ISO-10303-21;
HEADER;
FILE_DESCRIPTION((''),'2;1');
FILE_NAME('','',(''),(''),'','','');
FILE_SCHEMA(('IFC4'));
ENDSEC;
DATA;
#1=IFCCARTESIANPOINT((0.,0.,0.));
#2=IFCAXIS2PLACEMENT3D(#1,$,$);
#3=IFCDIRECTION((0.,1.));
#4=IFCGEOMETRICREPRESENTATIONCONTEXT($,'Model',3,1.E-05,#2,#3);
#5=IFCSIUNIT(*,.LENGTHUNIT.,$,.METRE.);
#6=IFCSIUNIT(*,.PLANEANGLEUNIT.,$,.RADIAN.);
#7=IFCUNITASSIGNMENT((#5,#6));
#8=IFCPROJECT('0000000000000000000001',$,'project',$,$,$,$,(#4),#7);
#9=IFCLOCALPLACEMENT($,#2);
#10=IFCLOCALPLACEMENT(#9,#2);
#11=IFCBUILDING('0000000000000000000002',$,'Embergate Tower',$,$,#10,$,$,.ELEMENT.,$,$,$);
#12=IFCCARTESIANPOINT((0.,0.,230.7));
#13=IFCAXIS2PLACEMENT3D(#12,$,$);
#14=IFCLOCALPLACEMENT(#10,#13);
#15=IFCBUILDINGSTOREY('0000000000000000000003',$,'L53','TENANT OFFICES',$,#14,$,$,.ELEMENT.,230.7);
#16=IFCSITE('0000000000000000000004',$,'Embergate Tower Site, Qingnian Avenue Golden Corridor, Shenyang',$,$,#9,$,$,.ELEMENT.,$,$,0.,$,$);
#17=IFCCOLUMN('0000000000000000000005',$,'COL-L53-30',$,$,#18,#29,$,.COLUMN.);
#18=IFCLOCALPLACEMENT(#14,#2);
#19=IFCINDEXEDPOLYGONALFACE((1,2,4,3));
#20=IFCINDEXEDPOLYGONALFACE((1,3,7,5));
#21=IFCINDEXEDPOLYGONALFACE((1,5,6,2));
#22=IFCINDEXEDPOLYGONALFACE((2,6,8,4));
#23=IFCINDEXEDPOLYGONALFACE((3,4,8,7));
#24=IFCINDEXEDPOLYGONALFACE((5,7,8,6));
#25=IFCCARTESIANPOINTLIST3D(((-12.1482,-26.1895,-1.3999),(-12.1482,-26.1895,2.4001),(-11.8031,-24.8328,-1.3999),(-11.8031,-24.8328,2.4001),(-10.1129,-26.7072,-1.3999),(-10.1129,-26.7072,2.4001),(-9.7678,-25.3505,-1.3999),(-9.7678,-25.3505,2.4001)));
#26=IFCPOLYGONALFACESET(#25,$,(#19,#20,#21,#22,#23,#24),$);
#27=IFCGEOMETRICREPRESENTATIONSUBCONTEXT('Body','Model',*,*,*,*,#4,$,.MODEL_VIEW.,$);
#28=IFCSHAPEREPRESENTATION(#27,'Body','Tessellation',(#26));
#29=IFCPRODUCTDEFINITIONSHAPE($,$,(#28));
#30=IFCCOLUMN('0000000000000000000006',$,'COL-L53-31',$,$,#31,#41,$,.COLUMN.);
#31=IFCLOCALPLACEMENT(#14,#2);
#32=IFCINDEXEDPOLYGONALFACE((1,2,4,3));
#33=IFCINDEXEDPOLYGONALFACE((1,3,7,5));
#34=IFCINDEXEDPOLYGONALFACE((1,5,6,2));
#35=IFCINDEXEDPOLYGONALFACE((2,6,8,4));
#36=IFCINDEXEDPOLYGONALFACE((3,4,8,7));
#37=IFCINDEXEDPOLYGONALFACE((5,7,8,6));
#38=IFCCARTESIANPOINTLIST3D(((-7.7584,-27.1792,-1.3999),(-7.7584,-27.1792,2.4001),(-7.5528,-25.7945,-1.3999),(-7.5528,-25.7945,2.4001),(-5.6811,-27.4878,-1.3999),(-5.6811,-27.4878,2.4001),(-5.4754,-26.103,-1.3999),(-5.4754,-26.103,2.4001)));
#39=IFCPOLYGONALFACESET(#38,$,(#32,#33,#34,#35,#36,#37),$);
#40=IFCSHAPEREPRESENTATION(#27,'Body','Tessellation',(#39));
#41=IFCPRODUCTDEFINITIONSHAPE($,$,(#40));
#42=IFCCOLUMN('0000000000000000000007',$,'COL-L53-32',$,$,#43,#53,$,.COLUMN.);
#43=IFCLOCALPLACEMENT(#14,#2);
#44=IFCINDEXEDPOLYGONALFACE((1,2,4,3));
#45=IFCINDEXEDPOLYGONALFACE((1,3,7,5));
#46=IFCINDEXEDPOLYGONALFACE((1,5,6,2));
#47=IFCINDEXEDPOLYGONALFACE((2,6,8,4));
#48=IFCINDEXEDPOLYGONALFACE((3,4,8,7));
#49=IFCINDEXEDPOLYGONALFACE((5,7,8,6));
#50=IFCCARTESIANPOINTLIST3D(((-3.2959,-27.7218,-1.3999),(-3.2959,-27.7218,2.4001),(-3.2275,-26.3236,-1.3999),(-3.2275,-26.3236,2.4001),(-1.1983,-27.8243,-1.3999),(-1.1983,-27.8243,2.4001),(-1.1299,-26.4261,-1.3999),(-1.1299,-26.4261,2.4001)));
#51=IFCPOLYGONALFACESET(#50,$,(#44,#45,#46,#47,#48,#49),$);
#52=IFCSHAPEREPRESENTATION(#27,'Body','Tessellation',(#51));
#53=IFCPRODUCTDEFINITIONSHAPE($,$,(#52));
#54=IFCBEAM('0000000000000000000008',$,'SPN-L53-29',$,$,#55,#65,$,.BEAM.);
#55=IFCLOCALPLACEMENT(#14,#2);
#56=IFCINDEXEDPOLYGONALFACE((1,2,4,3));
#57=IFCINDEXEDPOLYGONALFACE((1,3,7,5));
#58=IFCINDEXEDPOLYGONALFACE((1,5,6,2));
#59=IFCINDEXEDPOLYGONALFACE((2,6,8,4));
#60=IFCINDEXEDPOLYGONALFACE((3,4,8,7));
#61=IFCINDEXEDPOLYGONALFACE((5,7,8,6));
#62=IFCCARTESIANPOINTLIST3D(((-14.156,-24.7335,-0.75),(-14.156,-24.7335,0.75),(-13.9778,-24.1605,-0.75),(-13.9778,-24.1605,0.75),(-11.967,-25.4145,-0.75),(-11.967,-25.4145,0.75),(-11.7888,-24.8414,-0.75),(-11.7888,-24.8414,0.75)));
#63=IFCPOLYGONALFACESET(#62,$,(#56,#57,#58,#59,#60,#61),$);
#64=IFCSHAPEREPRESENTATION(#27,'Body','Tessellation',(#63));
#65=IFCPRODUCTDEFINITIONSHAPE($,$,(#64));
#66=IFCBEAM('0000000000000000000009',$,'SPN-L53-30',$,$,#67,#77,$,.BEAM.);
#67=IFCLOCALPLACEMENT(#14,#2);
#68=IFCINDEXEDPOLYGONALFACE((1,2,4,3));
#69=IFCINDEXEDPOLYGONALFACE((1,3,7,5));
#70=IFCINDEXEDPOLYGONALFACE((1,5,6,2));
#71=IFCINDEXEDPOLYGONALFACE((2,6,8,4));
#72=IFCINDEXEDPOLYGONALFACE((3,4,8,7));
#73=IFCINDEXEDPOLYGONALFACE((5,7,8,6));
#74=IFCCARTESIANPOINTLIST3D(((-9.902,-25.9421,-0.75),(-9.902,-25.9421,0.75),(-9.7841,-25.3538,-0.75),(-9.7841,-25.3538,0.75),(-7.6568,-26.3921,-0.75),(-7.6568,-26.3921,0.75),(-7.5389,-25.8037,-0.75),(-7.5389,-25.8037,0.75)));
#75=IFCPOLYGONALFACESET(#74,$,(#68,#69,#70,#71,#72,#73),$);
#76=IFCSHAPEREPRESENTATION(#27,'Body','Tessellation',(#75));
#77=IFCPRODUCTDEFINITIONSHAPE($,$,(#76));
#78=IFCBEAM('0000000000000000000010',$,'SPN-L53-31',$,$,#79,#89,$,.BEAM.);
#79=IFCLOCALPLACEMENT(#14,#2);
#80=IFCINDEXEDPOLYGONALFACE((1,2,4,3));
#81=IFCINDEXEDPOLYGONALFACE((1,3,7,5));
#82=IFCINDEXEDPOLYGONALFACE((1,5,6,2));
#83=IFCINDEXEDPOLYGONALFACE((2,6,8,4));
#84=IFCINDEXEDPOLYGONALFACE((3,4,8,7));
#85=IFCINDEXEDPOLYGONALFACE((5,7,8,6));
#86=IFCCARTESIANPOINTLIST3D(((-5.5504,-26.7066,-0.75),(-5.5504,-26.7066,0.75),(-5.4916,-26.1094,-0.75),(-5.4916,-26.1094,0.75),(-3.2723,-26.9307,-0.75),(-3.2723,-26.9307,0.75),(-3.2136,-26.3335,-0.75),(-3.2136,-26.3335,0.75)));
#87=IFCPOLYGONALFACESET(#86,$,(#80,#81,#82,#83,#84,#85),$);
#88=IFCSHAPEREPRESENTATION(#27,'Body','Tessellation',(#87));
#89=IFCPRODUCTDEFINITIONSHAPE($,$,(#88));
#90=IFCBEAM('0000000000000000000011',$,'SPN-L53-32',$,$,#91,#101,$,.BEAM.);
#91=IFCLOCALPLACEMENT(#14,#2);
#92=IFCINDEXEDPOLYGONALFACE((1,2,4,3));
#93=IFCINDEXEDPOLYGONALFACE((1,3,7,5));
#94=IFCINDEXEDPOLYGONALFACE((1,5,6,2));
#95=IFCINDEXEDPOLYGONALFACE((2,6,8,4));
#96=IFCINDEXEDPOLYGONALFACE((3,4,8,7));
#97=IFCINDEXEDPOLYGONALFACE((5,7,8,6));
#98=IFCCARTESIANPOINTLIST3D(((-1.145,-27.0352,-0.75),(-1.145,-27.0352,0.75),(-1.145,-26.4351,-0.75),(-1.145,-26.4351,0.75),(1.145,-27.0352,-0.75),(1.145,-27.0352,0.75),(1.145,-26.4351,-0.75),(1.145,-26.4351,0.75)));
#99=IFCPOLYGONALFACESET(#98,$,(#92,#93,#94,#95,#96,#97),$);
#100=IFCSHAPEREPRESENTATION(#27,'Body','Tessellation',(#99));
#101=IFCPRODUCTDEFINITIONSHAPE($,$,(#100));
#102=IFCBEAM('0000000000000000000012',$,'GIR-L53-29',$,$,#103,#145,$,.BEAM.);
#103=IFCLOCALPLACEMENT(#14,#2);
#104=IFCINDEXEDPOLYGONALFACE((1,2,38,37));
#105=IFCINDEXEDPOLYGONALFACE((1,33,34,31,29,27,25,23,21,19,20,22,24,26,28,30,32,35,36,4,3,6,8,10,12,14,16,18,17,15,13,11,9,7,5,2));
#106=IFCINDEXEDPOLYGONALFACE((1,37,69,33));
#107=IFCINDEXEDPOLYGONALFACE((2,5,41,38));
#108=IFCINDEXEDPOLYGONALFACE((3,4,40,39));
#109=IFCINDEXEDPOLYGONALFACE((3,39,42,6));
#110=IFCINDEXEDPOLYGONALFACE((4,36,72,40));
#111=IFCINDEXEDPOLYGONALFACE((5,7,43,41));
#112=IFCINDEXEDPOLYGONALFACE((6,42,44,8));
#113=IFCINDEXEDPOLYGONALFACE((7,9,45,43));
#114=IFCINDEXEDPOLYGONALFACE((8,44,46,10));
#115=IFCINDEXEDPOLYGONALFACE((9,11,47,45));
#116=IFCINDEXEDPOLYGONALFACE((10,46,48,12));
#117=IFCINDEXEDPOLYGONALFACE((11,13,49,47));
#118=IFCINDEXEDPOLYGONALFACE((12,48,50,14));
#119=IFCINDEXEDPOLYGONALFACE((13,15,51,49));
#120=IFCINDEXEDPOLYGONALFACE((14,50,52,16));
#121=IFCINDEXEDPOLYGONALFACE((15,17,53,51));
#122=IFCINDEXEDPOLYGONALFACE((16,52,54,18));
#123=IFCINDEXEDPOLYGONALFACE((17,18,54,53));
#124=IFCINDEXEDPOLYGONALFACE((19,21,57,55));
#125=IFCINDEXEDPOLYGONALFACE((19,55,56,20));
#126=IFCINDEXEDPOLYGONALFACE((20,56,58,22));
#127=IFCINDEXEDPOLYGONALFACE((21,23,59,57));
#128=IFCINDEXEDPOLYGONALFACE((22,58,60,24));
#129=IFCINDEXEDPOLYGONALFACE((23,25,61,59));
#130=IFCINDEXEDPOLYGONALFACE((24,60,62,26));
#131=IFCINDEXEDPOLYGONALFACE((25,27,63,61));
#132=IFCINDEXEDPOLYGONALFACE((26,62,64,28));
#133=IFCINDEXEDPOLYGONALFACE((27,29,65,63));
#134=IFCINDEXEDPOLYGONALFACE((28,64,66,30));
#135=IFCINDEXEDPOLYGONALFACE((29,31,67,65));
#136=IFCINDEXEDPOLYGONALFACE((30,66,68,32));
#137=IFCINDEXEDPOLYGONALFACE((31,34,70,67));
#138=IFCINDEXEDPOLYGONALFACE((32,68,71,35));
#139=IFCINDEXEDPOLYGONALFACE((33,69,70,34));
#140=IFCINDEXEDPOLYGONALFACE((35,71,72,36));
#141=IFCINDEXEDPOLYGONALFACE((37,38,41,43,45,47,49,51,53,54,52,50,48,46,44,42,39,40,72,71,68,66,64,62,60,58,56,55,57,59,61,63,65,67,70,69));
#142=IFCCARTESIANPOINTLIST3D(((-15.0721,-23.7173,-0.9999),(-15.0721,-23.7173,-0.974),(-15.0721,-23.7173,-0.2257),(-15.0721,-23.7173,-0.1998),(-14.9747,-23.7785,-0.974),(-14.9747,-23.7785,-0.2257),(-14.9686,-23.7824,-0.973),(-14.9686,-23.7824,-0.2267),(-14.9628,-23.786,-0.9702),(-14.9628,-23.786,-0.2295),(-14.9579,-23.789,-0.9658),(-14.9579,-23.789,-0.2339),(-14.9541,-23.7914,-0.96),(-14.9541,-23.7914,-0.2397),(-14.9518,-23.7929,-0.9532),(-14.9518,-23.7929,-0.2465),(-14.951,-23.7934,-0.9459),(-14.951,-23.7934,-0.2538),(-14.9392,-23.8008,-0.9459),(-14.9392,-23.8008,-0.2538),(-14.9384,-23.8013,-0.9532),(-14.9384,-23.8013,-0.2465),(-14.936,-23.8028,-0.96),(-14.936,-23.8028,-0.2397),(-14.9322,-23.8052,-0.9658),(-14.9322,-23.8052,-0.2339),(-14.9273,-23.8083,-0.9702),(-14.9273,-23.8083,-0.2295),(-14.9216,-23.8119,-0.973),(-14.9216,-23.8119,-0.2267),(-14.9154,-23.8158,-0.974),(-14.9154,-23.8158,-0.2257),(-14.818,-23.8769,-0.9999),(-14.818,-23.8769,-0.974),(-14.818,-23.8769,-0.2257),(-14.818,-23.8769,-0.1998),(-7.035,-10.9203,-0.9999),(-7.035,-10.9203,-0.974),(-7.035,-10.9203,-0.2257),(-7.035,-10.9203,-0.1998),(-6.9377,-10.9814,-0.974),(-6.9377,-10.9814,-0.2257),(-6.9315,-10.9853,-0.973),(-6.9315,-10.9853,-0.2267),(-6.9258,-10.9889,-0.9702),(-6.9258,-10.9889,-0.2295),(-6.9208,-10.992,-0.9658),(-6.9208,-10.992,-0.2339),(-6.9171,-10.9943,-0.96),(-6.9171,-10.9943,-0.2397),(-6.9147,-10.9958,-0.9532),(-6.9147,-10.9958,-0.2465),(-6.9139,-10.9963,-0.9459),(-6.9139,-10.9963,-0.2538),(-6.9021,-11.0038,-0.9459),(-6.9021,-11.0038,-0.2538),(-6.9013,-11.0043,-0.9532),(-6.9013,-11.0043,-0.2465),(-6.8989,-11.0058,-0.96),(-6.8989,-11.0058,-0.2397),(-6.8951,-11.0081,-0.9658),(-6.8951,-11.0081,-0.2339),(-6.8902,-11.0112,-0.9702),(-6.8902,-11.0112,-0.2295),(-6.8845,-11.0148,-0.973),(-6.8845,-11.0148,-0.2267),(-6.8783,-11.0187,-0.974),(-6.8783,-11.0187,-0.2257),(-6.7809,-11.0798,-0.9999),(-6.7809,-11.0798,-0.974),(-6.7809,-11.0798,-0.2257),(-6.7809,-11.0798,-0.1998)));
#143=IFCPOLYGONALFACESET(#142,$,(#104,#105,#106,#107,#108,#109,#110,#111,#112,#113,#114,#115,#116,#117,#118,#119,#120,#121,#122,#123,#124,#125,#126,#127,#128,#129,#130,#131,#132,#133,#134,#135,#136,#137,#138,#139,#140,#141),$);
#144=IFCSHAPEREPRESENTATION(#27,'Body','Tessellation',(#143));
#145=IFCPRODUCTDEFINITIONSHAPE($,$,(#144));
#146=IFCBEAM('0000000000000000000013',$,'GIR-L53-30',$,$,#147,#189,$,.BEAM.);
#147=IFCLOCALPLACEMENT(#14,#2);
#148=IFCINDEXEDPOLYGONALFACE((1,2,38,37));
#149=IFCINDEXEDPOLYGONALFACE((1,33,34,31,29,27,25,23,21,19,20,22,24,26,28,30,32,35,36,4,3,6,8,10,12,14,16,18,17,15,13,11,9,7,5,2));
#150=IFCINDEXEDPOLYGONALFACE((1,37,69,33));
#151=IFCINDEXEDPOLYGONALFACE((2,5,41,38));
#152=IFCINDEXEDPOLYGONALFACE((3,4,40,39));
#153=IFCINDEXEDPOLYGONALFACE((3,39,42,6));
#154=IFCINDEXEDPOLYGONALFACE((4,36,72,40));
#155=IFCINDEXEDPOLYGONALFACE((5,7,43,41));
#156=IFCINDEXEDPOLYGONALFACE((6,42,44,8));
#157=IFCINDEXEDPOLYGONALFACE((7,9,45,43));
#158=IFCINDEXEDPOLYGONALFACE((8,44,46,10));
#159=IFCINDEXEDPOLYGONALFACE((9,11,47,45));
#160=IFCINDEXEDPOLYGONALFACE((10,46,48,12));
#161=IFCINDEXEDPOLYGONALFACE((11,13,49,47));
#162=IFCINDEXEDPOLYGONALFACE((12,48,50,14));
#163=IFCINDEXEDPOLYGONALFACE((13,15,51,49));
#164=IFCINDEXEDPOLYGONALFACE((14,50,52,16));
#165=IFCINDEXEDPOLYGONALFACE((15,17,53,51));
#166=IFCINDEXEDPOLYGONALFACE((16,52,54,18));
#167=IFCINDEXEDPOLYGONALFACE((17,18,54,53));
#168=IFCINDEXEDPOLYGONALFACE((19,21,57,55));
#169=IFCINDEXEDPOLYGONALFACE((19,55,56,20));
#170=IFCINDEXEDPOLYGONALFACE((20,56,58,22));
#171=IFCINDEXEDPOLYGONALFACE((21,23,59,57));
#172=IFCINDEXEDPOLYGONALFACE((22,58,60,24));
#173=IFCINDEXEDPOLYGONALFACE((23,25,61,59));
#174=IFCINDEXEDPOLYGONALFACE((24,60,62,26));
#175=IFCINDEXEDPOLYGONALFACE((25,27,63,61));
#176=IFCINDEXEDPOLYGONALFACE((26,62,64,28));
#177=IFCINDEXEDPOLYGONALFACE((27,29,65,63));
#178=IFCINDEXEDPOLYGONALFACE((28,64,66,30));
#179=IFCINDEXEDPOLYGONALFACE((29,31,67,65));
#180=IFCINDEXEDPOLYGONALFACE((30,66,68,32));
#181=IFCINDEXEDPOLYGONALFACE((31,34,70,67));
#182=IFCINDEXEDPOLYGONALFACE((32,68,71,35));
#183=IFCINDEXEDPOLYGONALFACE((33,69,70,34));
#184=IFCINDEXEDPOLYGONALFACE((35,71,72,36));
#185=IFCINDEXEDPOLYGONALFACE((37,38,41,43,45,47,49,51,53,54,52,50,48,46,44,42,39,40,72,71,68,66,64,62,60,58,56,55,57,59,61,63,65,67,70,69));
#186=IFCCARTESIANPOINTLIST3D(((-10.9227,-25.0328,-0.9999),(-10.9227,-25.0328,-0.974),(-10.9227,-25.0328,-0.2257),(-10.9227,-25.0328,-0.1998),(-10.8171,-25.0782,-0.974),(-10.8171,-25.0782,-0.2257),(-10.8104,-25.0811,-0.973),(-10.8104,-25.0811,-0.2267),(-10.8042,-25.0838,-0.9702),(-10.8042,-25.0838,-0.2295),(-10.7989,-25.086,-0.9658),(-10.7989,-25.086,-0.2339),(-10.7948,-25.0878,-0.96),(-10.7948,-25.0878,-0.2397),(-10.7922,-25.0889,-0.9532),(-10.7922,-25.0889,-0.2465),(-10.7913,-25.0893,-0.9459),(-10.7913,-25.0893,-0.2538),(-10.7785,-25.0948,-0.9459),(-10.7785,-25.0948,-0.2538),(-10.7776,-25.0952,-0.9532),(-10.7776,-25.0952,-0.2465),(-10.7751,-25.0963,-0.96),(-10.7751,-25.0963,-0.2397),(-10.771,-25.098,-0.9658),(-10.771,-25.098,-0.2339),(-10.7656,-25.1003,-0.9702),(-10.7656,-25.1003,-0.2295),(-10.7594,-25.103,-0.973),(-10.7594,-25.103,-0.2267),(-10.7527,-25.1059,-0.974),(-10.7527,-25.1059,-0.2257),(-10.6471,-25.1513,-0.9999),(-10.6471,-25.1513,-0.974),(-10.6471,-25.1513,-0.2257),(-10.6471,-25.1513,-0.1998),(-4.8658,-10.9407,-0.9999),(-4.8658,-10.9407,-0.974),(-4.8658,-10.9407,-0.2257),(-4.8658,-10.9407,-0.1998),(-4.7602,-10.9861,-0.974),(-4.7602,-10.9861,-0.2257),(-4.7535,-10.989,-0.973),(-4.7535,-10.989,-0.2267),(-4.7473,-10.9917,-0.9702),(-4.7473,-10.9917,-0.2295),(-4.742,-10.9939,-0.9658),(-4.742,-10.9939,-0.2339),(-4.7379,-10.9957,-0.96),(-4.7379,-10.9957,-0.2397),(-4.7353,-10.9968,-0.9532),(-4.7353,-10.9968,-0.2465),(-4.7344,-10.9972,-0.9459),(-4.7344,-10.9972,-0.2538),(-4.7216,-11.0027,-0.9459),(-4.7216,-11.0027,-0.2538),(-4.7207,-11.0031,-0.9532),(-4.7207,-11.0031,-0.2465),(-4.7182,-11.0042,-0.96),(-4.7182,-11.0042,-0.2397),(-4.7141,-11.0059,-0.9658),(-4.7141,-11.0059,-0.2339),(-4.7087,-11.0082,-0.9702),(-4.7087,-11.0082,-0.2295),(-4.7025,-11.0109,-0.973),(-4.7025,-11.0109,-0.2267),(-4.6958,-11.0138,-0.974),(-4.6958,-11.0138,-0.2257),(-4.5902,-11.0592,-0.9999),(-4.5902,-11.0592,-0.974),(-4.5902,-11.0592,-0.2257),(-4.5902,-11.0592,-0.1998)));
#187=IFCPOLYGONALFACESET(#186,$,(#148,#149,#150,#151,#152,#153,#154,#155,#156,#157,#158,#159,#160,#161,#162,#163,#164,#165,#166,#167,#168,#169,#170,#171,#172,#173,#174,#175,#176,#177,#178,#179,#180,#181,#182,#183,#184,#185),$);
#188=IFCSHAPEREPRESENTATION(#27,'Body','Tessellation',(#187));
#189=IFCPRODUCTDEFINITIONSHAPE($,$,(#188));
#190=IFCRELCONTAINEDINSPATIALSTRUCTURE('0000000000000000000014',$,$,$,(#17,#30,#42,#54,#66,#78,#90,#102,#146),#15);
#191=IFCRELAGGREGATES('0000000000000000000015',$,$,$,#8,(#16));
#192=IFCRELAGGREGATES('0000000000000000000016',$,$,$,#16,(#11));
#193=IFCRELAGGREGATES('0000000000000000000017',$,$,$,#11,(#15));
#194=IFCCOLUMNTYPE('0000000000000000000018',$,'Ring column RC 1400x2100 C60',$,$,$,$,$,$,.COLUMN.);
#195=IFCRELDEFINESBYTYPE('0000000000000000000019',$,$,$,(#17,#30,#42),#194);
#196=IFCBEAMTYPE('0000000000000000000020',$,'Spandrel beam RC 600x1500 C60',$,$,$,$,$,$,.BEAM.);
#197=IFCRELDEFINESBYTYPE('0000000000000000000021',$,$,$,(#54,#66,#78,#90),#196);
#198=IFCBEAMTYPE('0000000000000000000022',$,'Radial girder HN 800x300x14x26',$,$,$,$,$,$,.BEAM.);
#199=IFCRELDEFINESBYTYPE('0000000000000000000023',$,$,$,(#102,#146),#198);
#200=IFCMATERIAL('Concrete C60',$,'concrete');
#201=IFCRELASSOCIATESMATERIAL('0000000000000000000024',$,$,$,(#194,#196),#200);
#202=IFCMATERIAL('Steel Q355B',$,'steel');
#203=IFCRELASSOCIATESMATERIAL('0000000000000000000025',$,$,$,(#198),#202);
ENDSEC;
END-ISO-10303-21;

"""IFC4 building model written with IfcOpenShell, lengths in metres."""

from ifc_helpers import new_model, si_unit, direction, frame, origin, origin_2d, place, context, subcontext, project, spatial, rectangle, i_section, extrude, source, transform, mapped, material, material_profile, profile_set, type_object, element, save


model = new_model("IFC4")

# Units and contexts
model_context = context("Model", 3, precision=1e-05, world=origin(), true_north=direction((0.0, 1.0)))
body_context = subcontext(model_context, "Body", "Model", "MODEL_VIEW")
ifc_project = project(units=[si_unit("LENGTHUNIT", "METRE"), si_unit("PLANEANGLEUNIT", "RADIAN")], contexts=[model_context])

# Site, building, storey
site_placement = place(None, origin())
site = spatial("IfcSite", under=ifc_project, at=site_placement, Name="Embergate Tower Site, Qingnian Avenue Golden Corridor, Shenyang", CompositionType="ELEMENT", RefElevation=0.0)
building_placement = place(site_placement, origin())
building = spatial("IfcBuilding", under=site, at=building_placement, Name="Embergate Tower", CompositionType="ELEMENT")
storey_placement = place(building_placement, frame((0.0, 0.0, 230.7)))
storey = spatial("IfcBuildingStorey", under=building, at=storey_placement, Name="L53", Description="TENANT OFFICES", CompositionType="ELEMENT", Elevation=230.7)

# Columns
ifc_material_1 = material(Name="Concrete C60", Category="concrete")
ifc_material_profile_1 = material_profile(ifc_material_1, rectangle(XDim=1.3999, YDim=2.1001, at=origin_2d()), Name="RC 1400x2100")
ifc_profile_set_1 = profile_set([ifc_material_profile_1], Name="Concrete C60")
column_type = type_object("IfcColumnType", Name="Ring column RC 1400x2100 C60", PredefinedType="COLUMN", material=ifc_profile_set_1)
shared_shape_1 = source(origin(), body_context, "Body", "SweptSolid", [
    extrude(rectangle(XDim=1.3999, YDim=2.1001, at=origin_2d()), origin(), (0.0, 0.0, 1.0), 3.8),
])
for number, where, z_axis, x_axis, name in (
    (1, (-10.958, -25.77, -1.3999), (0.0, 0.0, 1.0), (-0.246509, -0.969141, 0.0), "COL-L53-30"),
    (2, (-6.6169, -26.6411, -1.3999), (0.0, 0.0, 1.0), (-0.146929, -0.989147, 0.0), "COL-L53-31"),
    (3, (-2.2129, -27.074, -1.3999), (0.0, 0.0, 1.0), (-0.048815, -0.998808, 0.0), "COL-L53-32"),
):
    element("IfcColumn", number, at=place(storey_placement, frame(where, z_axis=z_axis, x_axis=x_axis)), inside=storey, type_object=column_type, Name=name, PredefinedType="COLUMN", context=body_context, shape_type="MappedRepresentation", body=[
        mapped(shared_shape_1, transform((0.0, 0.0, 0.0))),
    ])

# Beams
ifc_material_profile_2 = material_profile(ifc_material_1, rectangle(XDim=0.6001, YDim=1.5, at=origin_2d()), Name="RC 600x1500")
ifc_profile_set_2 = profile_set([ifc_material_profile_2], Name="Concrete C60")
beam_type_1 = type_object("IfcBeamType", Name="Spandrel beam RC 600x1500 C60", PredefinedType="BEAM", material=ifc_profile_set_2)
shared_shape_2 = source(origin(), body_context, "Body", "SweptSolid", [
    extrude(rectangle(XDim=0.6001, YDim=1.5, at=origin_2d()), origin(), (0.0, 0.0, 1.0), 2.2925),
])
beam_1_placement = place(storey_placement, frame((-14.0669, -24.447, 0.0), z_axis=(0.95487, -0.297026, 0.0), x_axis=(0.297026, 0.95487, 0.0)))
element("IfcBeam", 4, at=beam_1_placement, inside=storey, type_object=beam_type_1, Name="SPN-L53-29", PredefinedType="BEAM", context=body_context, shape_type="MappedRepresentation", body=[
    mapped(shared_shape_2, transform((0.0, 0.0, 0.0))),
])
shared_shape_3 = source(origin(), body_context, "Body", "SweptSolid", [
    extrude(rectangle(XDim=0.6001, YDim=1.5, at=origin_2d()), origin(), (0.0, 0.0, 1.0), 2.2898),
])
beam_2_placement = place(storey_placement, frame((-9.843, -25.6479, 0.0), z_axis=(0.980503, -0.196506, 0.0), x_axis=(0.196506, 0.980503, 0.0)))
element("IfcBeam", 5, at=beam_2_placement, inside=storey, type_object=beam_type_1, Name="SPN-L53-30", PredefinedType="BEAM", context=body_context, shape_type="MappedRepresentation", body=[
    mapped(shared_shape_3, transform((0.0, 0.0, 0.0))),
])
shared_shape_4 = source(origin(), body_context, "Body", "SweptSolid", [
    extrude(rectangle(XDim=0.6001, YDim=1.5, at=origin_2d()), origin(), (0.0, 0.0, 1.0), 2.2891),
])
beam_3_placement = place(storey_placement, frame((-5.521, -26.408, 0.0), z_axis=(0.995195, -0.097909, 0.0), x_axis=(0.097909, 0.995195, 0.0)))
element("IfcBeam", 6, at=beam_3_placement, inside=storey, type_object=beam_type_1, Name="SPN-L53-31", PredefinedType="BEAM", context=body_context, shape_type="MappedRepresentation", body=[
    mapped(shared_shape_4, transform((0.0, 0.0, 0.0))),
])
shared_shape_5 = source(origin(), body_context, "Body", "SweptSolid", [
    extrude(rectangle(XDim=0.6001, YDim=1.5, at=origin_2d()), origin(), (0.0, 0.0, 1.0), 2.29),
])
beam_4_placement = place(storey_placement, frame((-1.145, -26.7351, 0.0), z_axis=(1.0, 0.0, 0.0), x_axis=(0.0, 1.0, 0.0)))
element("IfcBeam", 7, at=beam_4_placement, inside=storey, type_object=beam_type_1, Name="SPN-L53-32", PredefinedType="BEAM", context=body_context, shape_type="MappedRepresentation", body=[
    mapped(shared_shape_5, transform((0.0, 0.0, 0.0))),
])
ifc_material_2 = material(Name="Steel Q355B", Category="steel")
ifc_material_profile_3 = material_profile(ifc_material_2, i_section(OverallWidth=0.3, OverallDepth=0.8, WebThickness=0.0139, FlangeThickness=0.0259, FilletRadius=0.0281, at=origin_2d()), Name="HN 800x300x14x26")
ifc_profile_set_3 = profile_set([ifc_material_profile_3], Name="Steel Q355 grade B")
beam_type_2 = type_object("IfcBeamType", Name="Radial girder HN 800x300x14x26", PredefinedType="BEAM", material=ifc_profile_set_3)
shared_shape_6 = source(origin(), body_context, "Body", "SweptSolid", [
    extrude(i_section(OverallWidth=0.3, OverallDepth=0.8, WebThickness=0.0139, FlangeThickness=0.0259, FilletRadius=0.0281, at=origin_2d()), origin(), (0.0, 0.0, 1.0), 15.1116),
])
beam_5_placement = place(storey_placement, frame((-14.9451, -23.7971, -0.5999), z_axis=(0.531849, 0.846839, 0.0), x_axis=(-0.846839, 0.531849, 0.0)))
element("IfcBeam", 8, at=beam_5_placement, inside=storey, type_object=beam_type_2, Name="GIR-L53-29", PredefinedType="BEAM", context=body_context, shape_type="MappedRepresentation", body=[
    mapped(shared_shape_6, transform((0.0, 0.0, 0.0))),
])
shared_shape_7 = source(origin(), body_context, "Body", "SweptSolid", [
    extrude(i_section(OverallWidth=0.3, OverallDepth=0.8, WebThickness=0.0139, FlangeThickness=0.0259, FilletRadius=0.0281, at=origin_2d()), origin(), (0.0, 0.0, 1.0), 15.3386),
])
beam_6_placement = place(storey_placement, frame((-10.7849, -25.092, -0.5999), z_axis=(0.39488, 0.918733, 0.0), x_axis=(-0.918733, 0.39488, 0.0)))
element("IfcBeam", 9, at=beam_6_placement, inside=storey, type_object=beam_type_2, Name="GIR-L53-30", PredefinedType="BEAM", context=body_context, shape_type="MappedRepresentation", body=[
    mapped(shared_shape_7, transform((0.0, 0.0, 0.0))),
])

save(model, "model.ifc")
